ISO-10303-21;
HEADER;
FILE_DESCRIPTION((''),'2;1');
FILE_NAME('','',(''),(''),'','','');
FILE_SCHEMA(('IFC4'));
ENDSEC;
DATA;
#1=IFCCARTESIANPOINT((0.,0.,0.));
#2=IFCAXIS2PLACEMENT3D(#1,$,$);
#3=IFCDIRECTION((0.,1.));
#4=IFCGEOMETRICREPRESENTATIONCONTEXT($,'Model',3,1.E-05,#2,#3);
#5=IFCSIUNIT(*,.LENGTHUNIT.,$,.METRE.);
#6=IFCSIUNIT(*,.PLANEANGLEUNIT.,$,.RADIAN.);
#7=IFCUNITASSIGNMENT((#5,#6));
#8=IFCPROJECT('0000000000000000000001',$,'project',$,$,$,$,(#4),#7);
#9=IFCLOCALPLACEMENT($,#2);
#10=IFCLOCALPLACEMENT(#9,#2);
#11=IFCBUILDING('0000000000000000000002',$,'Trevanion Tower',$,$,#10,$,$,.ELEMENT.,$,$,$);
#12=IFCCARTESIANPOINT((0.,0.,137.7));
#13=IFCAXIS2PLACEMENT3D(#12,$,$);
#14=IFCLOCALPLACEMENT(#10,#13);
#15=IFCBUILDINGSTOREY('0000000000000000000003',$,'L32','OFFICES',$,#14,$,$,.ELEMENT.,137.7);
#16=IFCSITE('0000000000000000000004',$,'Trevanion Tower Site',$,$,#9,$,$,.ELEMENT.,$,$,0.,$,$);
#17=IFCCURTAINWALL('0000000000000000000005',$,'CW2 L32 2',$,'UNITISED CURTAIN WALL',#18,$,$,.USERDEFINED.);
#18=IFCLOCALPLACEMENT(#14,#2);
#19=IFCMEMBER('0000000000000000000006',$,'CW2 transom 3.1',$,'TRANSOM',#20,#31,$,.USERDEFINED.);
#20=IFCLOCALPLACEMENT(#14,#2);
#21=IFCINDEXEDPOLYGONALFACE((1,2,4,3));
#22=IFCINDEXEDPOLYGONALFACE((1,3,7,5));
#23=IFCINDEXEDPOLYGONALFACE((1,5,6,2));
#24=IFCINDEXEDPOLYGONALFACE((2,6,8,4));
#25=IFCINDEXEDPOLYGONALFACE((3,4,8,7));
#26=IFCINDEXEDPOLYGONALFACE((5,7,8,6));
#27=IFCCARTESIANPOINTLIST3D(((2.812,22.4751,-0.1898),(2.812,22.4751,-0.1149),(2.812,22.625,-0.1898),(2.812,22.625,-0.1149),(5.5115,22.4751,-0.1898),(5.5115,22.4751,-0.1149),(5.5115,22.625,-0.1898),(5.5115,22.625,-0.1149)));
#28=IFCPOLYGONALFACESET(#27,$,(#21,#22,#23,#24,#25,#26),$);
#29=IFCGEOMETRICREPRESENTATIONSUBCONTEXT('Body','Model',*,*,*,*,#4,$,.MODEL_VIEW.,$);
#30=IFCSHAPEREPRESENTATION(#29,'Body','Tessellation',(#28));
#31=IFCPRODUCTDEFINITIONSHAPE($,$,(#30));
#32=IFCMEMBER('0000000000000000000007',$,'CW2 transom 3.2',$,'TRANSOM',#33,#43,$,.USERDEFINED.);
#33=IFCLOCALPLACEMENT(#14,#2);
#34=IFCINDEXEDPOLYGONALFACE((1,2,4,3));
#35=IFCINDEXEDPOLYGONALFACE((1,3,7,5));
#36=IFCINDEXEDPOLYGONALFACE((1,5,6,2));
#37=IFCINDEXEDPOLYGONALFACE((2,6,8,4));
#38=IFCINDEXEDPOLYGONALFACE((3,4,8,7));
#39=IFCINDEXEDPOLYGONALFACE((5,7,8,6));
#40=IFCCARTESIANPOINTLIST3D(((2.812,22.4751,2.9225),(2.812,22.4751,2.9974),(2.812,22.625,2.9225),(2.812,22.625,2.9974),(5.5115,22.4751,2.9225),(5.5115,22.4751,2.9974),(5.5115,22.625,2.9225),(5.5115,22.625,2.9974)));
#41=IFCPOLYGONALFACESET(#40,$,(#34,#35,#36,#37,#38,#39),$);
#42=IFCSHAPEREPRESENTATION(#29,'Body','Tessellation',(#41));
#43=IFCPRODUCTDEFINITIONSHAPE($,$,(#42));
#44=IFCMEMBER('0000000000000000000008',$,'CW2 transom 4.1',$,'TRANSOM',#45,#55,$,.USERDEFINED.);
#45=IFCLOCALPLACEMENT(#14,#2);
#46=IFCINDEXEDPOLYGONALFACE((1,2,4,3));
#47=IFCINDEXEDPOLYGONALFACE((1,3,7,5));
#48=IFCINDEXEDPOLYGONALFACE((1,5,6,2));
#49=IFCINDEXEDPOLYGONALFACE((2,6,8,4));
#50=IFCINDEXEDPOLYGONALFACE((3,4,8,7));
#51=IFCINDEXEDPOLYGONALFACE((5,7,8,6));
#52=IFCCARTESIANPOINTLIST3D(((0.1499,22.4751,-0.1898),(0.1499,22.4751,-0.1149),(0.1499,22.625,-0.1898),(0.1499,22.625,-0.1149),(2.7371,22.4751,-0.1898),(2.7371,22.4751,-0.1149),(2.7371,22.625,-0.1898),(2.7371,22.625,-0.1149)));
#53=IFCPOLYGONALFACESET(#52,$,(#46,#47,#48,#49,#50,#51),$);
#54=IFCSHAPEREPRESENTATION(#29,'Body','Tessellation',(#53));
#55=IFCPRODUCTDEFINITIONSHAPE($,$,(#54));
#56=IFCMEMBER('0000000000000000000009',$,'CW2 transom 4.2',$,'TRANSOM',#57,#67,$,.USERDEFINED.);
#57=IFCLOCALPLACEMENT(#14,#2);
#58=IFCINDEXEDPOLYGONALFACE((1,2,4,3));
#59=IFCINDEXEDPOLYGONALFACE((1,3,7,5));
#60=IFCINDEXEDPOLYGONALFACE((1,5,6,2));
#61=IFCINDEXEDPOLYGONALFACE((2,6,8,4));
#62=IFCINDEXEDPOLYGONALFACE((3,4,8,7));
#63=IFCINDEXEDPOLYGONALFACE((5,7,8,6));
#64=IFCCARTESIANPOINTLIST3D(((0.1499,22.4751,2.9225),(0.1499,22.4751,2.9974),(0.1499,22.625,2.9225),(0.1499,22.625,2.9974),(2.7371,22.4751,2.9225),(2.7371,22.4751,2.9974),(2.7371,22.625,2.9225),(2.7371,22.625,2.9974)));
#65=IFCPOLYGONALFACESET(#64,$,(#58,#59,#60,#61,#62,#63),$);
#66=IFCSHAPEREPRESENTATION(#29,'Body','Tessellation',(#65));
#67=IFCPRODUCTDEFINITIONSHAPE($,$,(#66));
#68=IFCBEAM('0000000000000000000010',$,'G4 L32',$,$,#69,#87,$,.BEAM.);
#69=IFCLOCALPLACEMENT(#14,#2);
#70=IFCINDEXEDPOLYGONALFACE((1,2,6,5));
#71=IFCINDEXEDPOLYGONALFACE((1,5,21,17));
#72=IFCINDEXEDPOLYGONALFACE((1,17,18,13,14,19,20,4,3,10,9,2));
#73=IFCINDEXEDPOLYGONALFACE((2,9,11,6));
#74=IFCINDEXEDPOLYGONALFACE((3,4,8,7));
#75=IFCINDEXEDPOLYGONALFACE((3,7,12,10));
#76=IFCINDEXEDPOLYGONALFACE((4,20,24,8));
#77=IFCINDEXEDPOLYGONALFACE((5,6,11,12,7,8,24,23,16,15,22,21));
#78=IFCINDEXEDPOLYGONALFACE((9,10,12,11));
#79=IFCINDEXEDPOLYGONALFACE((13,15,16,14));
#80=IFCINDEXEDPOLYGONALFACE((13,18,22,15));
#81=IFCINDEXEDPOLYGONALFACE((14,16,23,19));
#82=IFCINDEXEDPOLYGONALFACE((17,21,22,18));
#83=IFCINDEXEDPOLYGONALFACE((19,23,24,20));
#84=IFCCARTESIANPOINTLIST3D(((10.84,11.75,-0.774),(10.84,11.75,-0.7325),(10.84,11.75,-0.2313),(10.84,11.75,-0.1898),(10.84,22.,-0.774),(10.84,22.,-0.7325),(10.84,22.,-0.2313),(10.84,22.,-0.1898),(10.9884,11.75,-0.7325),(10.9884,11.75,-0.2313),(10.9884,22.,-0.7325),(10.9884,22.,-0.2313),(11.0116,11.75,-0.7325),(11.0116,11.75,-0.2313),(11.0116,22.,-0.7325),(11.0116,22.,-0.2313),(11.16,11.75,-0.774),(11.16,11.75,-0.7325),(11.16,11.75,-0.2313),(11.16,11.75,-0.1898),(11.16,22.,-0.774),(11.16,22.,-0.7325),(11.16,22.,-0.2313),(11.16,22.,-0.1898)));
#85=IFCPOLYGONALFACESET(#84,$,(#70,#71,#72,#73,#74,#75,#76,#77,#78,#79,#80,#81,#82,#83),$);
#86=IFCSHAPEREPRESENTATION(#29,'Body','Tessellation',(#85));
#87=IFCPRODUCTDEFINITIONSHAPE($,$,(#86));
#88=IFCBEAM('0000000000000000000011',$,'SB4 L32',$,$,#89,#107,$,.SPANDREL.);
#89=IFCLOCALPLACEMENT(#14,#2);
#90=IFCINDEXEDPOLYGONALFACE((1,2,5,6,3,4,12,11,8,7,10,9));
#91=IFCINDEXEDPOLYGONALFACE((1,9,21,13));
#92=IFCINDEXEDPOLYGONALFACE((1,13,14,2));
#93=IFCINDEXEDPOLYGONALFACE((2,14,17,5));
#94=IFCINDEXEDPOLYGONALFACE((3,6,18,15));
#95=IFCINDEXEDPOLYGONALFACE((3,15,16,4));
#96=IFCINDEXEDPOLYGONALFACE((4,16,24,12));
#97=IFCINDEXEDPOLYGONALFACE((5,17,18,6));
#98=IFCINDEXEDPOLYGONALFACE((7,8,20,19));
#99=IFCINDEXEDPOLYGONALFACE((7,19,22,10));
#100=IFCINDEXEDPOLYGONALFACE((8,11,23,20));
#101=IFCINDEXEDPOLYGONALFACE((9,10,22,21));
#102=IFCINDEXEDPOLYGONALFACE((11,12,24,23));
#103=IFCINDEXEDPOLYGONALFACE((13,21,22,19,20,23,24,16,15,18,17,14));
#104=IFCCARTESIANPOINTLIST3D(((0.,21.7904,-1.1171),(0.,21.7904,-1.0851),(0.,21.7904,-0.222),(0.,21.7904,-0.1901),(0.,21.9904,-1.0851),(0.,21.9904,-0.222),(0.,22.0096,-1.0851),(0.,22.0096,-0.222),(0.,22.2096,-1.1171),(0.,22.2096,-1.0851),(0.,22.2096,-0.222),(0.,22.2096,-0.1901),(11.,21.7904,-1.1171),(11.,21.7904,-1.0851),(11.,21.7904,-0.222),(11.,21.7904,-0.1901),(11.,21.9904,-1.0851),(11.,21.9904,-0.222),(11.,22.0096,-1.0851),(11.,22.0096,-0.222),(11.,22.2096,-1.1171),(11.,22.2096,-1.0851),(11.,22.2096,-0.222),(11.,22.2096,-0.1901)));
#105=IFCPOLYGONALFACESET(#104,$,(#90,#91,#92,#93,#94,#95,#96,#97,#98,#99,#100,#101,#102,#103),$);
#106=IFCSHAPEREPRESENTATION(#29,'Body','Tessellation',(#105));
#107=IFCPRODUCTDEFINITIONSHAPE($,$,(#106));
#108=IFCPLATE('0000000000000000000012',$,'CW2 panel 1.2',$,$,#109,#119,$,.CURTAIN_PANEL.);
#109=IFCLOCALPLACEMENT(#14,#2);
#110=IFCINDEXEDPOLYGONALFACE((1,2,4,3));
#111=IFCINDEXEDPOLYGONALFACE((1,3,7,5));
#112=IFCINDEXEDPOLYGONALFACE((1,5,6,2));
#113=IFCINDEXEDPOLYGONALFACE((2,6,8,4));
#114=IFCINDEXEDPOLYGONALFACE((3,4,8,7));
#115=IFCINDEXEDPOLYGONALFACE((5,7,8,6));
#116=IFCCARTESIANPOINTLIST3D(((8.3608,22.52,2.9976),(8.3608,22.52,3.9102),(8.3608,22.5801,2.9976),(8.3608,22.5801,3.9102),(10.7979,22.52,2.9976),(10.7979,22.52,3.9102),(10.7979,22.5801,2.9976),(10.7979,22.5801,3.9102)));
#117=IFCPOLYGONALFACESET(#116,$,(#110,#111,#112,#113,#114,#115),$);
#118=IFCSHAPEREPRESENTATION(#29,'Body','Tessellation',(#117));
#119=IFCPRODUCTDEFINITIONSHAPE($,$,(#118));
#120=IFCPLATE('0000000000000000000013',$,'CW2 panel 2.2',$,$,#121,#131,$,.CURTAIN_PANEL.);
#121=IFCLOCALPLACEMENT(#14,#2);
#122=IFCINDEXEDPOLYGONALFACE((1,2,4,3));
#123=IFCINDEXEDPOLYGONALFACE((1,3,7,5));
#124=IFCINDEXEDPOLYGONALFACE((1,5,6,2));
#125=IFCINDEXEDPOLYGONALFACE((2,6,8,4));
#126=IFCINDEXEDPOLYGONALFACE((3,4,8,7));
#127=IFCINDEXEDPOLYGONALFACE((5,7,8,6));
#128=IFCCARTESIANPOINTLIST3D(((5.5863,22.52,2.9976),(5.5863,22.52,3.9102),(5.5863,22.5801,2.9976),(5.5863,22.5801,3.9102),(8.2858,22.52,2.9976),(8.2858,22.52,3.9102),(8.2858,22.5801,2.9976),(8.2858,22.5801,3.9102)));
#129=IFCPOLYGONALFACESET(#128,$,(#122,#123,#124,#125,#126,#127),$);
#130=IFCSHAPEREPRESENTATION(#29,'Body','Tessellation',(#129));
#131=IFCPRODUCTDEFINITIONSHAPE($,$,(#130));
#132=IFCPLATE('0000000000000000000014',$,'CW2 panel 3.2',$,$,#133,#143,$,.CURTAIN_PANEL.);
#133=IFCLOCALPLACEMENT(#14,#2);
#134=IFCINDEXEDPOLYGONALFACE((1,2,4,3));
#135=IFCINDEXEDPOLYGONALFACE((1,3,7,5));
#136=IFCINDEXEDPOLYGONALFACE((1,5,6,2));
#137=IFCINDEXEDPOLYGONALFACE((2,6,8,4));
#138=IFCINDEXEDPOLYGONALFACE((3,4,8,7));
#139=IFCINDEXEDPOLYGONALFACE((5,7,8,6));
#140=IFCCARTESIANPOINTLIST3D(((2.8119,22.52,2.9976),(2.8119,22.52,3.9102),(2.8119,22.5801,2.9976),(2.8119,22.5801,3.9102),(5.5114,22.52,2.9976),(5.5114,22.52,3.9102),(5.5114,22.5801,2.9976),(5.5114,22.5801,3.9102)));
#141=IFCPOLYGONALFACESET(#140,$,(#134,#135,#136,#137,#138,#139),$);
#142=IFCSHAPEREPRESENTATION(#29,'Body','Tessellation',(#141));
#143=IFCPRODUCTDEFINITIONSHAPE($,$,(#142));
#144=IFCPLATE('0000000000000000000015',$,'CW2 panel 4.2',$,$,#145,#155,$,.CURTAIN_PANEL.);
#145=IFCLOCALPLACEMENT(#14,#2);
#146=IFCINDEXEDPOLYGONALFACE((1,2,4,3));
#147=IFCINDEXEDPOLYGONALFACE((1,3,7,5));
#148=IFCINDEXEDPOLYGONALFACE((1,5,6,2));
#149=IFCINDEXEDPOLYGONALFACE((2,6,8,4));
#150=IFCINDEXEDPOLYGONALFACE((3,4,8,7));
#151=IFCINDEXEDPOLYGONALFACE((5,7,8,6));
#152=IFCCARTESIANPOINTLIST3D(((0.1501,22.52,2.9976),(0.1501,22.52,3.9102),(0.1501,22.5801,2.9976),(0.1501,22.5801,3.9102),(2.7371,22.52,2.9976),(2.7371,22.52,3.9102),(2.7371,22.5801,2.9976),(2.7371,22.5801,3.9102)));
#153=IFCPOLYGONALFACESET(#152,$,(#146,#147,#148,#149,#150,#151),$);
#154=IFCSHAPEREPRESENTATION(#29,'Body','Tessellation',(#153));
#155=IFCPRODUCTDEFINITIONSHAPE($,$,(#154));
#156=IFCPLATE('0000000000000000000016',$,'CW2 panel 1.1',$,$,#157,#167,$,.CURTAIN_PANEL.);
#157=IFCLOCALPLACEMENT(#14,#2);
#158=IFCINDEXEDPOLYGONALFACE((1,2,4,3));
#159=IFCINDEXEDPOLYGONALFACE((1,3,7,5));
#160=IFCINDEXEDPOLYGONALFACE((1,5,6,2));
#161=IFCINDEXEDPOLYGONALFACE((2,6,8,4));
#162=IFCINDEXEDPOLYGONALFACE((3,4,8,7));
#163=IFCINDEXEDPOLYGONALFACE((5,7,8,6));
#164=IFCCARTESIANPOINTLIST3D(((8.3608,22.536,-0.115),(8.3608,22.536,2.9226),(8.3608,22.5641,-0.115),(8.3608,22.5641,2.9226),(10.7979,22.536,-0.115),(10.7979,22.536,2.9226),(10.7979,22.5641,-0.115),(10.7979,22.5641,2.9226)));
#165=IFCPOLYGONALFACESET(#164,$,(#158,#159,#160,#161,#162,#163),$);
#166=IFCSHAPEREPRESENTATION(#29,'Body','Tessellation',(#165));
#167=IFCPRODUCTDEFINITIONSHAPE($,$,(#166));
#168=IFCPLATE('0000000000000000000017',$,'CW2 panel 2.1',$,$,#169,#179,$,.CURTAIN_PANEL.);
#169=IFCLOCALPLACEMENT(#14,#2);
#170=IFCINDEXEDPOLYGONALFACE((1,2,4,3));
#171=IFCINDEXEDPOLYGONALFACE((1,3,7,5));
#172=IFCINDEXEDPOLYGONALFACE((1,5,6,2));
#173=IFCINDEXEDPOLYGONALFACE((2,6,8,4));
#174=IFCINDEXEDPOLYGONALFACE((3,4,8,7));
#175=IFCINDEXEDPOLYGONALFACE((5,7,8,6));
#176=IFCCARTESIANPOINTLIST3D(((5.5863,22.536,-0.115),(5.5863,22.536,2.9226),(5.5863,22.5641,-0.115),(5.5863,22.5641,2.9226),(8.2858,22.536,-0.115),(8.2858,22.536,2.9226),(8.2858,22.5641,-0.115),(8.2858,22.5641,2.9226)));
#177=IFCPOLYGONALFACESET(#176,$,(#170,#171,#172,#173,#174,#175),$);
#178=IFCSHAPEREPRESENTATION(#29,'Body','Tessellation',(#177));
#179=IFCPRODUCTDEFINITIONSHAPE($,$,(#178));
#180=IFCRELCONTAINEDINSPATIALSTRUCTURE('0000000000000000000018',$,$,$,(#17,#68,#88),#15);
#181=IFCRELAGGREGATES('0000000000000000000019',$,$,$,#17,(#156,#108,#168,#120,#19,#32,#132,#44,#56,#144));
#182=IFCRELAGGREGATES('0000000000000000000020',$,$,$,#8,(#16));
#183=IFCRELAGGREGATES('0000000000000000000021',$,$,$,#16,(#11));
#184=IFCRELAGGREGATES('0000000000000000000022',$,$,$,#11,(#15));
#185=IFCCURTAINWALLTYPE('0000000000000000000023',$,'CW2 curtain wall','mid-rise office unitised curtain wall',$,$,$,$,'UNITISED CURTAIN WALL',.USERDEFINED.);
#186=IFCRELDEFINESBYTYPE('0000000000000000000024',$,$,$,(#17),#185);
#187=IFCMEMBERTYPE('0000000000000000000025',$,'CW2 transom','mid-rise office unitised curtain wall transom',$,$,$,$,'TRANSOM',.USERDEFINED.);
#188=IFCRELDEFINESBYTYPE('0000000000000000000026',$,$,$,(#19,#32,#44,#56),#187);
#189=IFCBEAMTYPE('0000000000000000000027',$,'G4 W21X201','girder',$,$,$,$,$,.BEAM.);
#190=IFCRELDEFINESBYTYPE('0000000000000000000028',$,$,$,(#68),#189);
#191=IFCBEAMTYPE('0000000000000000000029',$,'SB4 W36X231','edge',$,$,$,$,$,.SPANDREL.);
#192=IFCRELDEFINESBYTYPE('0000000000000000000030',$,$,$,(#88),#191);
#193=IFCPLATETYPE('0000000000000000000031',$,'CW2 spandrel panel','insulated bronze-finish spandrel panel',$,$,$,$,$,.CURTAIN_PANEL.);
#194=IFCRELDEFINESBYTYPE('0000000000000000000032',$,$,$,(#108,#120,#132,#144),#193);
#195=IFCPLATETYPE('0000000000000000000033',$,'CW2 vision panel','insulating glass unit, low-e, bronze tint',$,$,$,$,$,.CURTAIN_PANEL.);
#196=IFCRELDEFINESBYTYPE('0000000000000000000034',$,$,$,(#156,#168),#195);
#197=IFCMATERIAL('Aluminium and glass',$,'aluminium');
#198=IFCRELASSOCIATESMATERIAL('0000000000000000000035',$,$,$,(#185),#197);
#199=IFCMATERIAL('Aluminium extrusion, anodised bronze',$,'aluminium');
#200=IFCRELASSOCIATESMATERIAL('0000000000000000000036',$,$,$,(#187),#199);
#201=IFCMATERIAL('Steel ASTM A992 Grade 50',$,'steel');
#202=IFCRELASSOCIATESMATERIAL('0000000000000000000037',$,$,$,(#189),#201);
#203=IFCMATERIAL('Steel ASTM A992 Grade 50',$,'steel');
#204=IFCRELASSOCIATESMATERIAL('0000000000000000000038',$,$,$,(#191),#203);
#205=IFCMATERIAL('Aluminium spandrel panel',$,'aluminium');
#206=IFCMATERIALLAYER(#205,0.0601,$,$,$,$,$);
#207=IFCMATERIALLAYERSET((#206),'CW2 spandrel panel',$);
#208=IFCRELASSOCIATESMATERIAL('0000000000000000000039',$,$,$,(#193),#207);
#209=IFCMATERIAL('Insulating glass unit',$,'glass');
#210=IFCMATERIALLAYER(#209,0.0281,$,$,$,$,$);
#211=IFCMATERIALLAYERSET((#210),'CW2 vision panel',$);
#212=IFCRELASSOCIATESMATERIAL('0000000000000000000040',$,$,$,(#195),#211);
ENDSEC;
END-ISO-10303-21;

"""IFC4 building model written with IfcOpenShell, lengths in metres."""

from ifc_helpers import new_model, si_unit, direction, frame, origin, origin_2d, place, context, subcontext, project, spatial, rectangle, i_section, extrude, material, layer, layer_set, material_profile, profile_set, type_object, element, aggregate, save


model = new_model("IFC4")

# Units and contexts
model_context = context("Model", 3, precision=1e-05, world=origin(), true_north=direction((0.0, 1.0)))
body_context = subcontext(model_context, "Body", "Model", "MODEL_VIEW")
ifc_project = project(units=[si_unit("LENGTHUNIT", "METRE"), si_unit("PLANEANGLEUNIT", "RADIAN")], contexts=[model_context])

# Site, building, storey
site_placement = place(None, origin())
site = spatial("IfcSite", under=ifc_project, at=site_placement, Name="Trevanion Tower Site", CompositionType="ELEMENT", RefElevation=0.0)
building_placement = place(site_placement, origin())
building = spatial("IfcBuilding", under=site, at=building_placement, Name="Trevanion Tower", CompositionType="ELEMENT")
storey_placement = place(building_placement, frame((0.0, 0.0, 137.7)))
storey = spatial("IfcBuildingStorey", under=building, at=storey_placement, Name="L32", Description="OFFICES", CompositionType="ELEMENT", Elevation=137.7)

# Curtain wall, members
ifc_material_1 = material(Name="Aluminium and glass", Category="aluminium")
curtain_wall_type = type_object("IfcCurtainWallType", Name="CW2 curtain wall", Description="mid-rise office unitised curtain wall", ElementType="UNITISED CURTAIN WALL", PredefinedType="USERDEFINED", material=ifc_material_1)
curtain_wall_placement = place(storey_placement, origin())
curtain_wall = element("IfcCurtainWall", 1, at=curtain_wall_placement, inside=storey, type_object=curtain_wall_type, Name="CW2 L32 2", ObjectType="UNITISED CURTAIN WALL", PredefinedType="USERDEFINED")
ifc_material_2 = material(Name="Aluminium extrusion, anodised bronze", Category="aluminium")
ifc_material_profile_1 = material_profile(ifc_material_2, rectangle(XDim=0.1499, YDim=0.075, at=origin_2d()), Name="CW2 transom")
ifc_profile_set_1 = profile_set([ifc_material_profile_1], Name="Aluminium extrusion, anodised bronze")
member_type_1 = type_object("IfcMemberType", Name="CW2 transom", Description="mid-rise office unitised curtain wall transom", ElementType="TRANSOM", PredefinedType="USERDEFINED", material=ifc_profile_set_1)
member_1_placement = place(storey_placement, frame((5.5115, 22.55, -0.1523), z_axis=(-1.0, 0.0, 0.0), x_axis=(0.0, -1.0, 0.0)))
member_1 = element("IfcMember", 2, at=member_1_placement, type_object=member_type_1, Name="CW2 transom 3.1", ObjectType="TRANSOM", PredefinedType="USERDEFINED", context=body_context, shape_type="SweptSolid", body=[
    extrude(rectangle(XDim=0.1499, YDim=0.075, at=origin_2d()), origin(), (0.0, 0.0, 1.0), 2.6995),
])
member_2_placement = place(storey_placement, frame((5.5115, 22.55, 2.96), z_axis=(-1.0, 0.0, 0.0), x_axis=(0.0, -1.0, 0.0)))
member_2 = element("IfcMember", 3, at=member_2_placement, type_object=member_type_1, Name="CW2 transom 3.2", ObjectType="TRANSOM", PredefinedType="USERDEFINED", context=body_context, shape_type="SweptSolid", body=[
    extrude(rectangle(XDim=0.1499, YDim=0.075, at=origin_2d()), origin(), (0.0, 0.0, 1.0), 2.6995),
])
member_3_placement = place(storey_placement, frame((2.7371, 22.55, -0.1523), z_axis=(-1.0, 0.0, 0.0), x_axis=(0.0, -1.0, 0.0)))
member_3 = element("IfcMember", 4, at=member_3_placement, type_object=member_type_1, Name="CW2 transom 4.1", ObjectType="TRANSOM", PredefinedType="USERDEFINED", context=body_context, shape_type="SweptSolid", body=[
    extrude(rectangle(XDim=0.1499, YDim=0.075, at=origin_2d()), origin(), (0.0, 0.0, 1.0), 2.5872),
])
member_4_placement = place(storey_placement, frame((2.7371, 22.55, 2.96), z_axis=(-1.0, 0.0, 0.0), x_axis=(0.0, -1.0, 0.0)))
member_4 = element("IfcMember", 5, at=member_4_placement, type_object=member_type_1, Name="CW2 transom 4.2", ObjectType="TRANSOM", PredefinedType="USERDEFINED", context=body_context, shape_type="SweptSolid", body=[
    extrude(rectangle(XDim=0.1499, YDim=0.075, at=origin_2d()), origin(), (0.0, 0.0, 1.0), 2.5872),
])

# Beams
ifc_material_3 = material(Name="Steel ASTM A992 Grade 50", Category="steel")
ifc_material_profile_2 = material_profile(ifc_material_3, i_section(OverallWidth=0.3201, OverallDepth=0.5842, WebThickness=0.0232, FlangeThickness=0.0415, at=origin_2d()), Name="W21X201")
ifc_profile_set_2 = profile_set([ifc_material_profile_2], Name="Steel ASTM A992 Grade 50")
beam_type_1 = type_object("IfcBeamType", Name="G4 W21X201", Description="girder", PredefinedType="BEAM", material=ifc_profile_set_2)
beam_1_placement = place(storey_placement, frame((11.0, 11.75, -0.4819), z_axis=(0.0, 1.0, 0.0), x_axis=(-1.0, 0.0, 0.0)))
element("IfcBeam", 6, at=beam_1_placement, inside=storey, type_object=beam_type_1, Name="G4 L32", PredefinedType="BEAM", context=body_context, shape_type="SweptSolid", body=[
    extrude(i_section(OverallWidth=0.3201, OverallDepth=0.5842, WebThickness=0.0232, FlangeThickness=0.0415, at=origin_2d()), origin(), (0.0, 0.0, 1.0), 10.25),
])
ifc_material_4 = material(Name="Steel ASTM A992 Grade 50", Category="steel")
ifc_material_profile_3 = material_profile(ifc_material_4, i_section(OverallWidth=0.4192, OverallDepth=0.927, WebThickness=0.0193, FlangeThickness=0.032, at=origin_2d()), Name="W36X231")
ifc_profile_set_3 = profile_set([ifc_material_profile_3], Name="Steel ASTM A992 Grade 50")
beam_type_2 = type_object("IfcBeamType", Name="SB4 W36X231", Description="edge", PredefinedType="SPANDREL", material=ifc_profile_set_3)
beam_2_placement = place(storey_placement, frame((11.0, 22.0, -0.6536), z_axis=(-1.0, 0.0, 0.0), x_axis=(0.0, -1.0, 0.0)))
element("IfcBeam", 7, at=beam_2_placement, inside=storey, type_object=beam_type_2, Name="SB4 L32", PredefinedType="SPANDREL", context=body_context, shape_type="SweptSolid", body=[
    extrude(i_section(OverallWidth=0.4192, OverallDepth=0.927, WebThickness=0.0193, FlangeThickness=0.032, at=origin_2d()), origin(), (0.0, 0.0, 1.0), 11.0),
])

# Plates
ifc_material_5 = material(Name="Aluminium spandrel panel", Category="aluminium")
ifc_layer_1 = layer(ifc_material_5, 0.0601)
ifc_layer_set_1 = layer_set([ifc_layer_1], Name="CW2 spandrel panel")
plate_type_1 = type_object("IfcPlateType", Name="CW2 spandrel panel", Description="insulated bronze-finish spandrel panel", PredefinedType="CURTAIN_PANEL", material=ifc_layer_set_1)
plate_1_placement = place(storey_placement, frame((9.5793, 22.55, 2.9976), z_axis=(0.0, 0.0, 1.0), x_axis=(-1.0, 0.0, 0.0)))
plate_1 = element("IfcPlate", 8, at=plate_1_placement, type_object=plate_type_1, Name="CW2 panel 1.2", PredefinedType="CURTAIN_PANEL", context=body_context, shape_type="SweptSolid", body=[
    extrude(rectangle(XDim=2.437, YDim=0.0601, at=origin_2d()), origin(), (0.0, 0.0, 1.0), 0.9126),
])
plate_2_placement = place(storey_placement, frame((6.936, 22.55, 2.9976), z_axis=(0.0, 0.0, 1.0), x_axis=(-1.0, 0.0, 0.0)))
plate_2 = element("IfcPlate", 9, at=plate_2_placement, type_object=plate_type_1, Name="CW2 panel 2.2", PredefinedType="CURTAIN_PANEL", context=body_context, shape_type="SweptSolid", body=[
    extrude(rectangle(XDim=2.6995, YDim=0.0601, at=origin_2d()), origin(), (0.0, 0.0, 1.0), 0.9126),
])
plate_3_placement = place(storey_placement, frame((4.1616, 22.55, 2.9976), z_axis=(0.0, 0.0, 1.0), x_axis=(-1.0, 0.0, 0.0)))
plate_3 = element("IfcPlate", 10, at=plate_3_placement, type_object=plate_type_1, Name="CW2 panel 3.2", PredefinedType="CURTAIN_PANEL", context=body_context, shape_type="SweptSolid", body=[
    extrude(rectangle(XDim=2.6995, YDim=0.0601, at=origin_2d()), origin(), (0.0, 0.0, 1.0), 0.9126),
])
plate_4_placement = place(storey_placement, frame((1.4436, 22.55, 2.9976), z_axis=(0.0, 0.0, 1.0), x_axis=(-1.0, 0.0, 0.0)))
plate_4 = element("IfcPlate", 11, at=plate_4_placement, type_object=plate_type_1, Name="CW2 panel 4.2", PredefinedType="CURTAIN_PANEL", context=body_context, shape_type="SweptSolid", body=[
    extrude(rectangle(XDim=2.5869, YDim=0.0601, at=origin_2d()), origin(), (0.0, 0.0, 1.0), 0.9126),
])
ifc_material_6 = material(Name="Insulating glass unit", Category="glass")
ifc_layer_2 = layer(ifc_material_6, 0.0281)
ifc_layer_set_2 = layer_set([ifc_layer_2], Name="CW2 vision panel")
plate_type_2 = type_object("IfcPlateType", Name="CW2 vision panel", Description="insulating glass unit, low-e, bronze tint", PredefinedType="CURTAIN_PANEL", material=ifc_layer_set_2)
plate_5_placement = place(storey_placement, frame((9.5793, 22.55, -0.115), z_axis=(0.0, 0.0, 1.0), x_axis=(-1.0, 0.0, 0.0)))
plate_5 = element("IfcPlate", 12, at=plate_5_placement, type_object=plate_type_2, Name="CW2 panel 1.1", PredefinedType="CURTAIN_PANEL", context=body_context, shape_type="SweptSolid", body=[
    extrude(rectangle(XDim=2.437, YDim=0.0281, at=origin_2d()), origin(), (0.0, 0.0, 1.0), 3.0376),
])
plate_6_placement = place(storey_placement, frame((6.936, 22.55, -0.115), z_axis=(0.0, 0.0, 1.0), x_axis=(-1.0, 0.0, 0.0)))
plate_6 = element("IfcPlate", 13, at=plate_6_placement, type_object=plate_type_2, Name="CW2 panel 2.1", PredefinedType="CURTAIN_PANEL", context=body_context, shape_type="SweptSolid", body=[
    extrude(rectangle(XDim=2.6995, YDim=0.0281, at=origin_2d()), origin(), (0.0, 0.0, 1.0), 3.0376),
])
aggregate(curtain_wall, [plate_5, plate_1, plate_6, plate_2, member_1, member_2, plate_3, member_3, member_4, plate_4])

save(model, "model.ifc")
